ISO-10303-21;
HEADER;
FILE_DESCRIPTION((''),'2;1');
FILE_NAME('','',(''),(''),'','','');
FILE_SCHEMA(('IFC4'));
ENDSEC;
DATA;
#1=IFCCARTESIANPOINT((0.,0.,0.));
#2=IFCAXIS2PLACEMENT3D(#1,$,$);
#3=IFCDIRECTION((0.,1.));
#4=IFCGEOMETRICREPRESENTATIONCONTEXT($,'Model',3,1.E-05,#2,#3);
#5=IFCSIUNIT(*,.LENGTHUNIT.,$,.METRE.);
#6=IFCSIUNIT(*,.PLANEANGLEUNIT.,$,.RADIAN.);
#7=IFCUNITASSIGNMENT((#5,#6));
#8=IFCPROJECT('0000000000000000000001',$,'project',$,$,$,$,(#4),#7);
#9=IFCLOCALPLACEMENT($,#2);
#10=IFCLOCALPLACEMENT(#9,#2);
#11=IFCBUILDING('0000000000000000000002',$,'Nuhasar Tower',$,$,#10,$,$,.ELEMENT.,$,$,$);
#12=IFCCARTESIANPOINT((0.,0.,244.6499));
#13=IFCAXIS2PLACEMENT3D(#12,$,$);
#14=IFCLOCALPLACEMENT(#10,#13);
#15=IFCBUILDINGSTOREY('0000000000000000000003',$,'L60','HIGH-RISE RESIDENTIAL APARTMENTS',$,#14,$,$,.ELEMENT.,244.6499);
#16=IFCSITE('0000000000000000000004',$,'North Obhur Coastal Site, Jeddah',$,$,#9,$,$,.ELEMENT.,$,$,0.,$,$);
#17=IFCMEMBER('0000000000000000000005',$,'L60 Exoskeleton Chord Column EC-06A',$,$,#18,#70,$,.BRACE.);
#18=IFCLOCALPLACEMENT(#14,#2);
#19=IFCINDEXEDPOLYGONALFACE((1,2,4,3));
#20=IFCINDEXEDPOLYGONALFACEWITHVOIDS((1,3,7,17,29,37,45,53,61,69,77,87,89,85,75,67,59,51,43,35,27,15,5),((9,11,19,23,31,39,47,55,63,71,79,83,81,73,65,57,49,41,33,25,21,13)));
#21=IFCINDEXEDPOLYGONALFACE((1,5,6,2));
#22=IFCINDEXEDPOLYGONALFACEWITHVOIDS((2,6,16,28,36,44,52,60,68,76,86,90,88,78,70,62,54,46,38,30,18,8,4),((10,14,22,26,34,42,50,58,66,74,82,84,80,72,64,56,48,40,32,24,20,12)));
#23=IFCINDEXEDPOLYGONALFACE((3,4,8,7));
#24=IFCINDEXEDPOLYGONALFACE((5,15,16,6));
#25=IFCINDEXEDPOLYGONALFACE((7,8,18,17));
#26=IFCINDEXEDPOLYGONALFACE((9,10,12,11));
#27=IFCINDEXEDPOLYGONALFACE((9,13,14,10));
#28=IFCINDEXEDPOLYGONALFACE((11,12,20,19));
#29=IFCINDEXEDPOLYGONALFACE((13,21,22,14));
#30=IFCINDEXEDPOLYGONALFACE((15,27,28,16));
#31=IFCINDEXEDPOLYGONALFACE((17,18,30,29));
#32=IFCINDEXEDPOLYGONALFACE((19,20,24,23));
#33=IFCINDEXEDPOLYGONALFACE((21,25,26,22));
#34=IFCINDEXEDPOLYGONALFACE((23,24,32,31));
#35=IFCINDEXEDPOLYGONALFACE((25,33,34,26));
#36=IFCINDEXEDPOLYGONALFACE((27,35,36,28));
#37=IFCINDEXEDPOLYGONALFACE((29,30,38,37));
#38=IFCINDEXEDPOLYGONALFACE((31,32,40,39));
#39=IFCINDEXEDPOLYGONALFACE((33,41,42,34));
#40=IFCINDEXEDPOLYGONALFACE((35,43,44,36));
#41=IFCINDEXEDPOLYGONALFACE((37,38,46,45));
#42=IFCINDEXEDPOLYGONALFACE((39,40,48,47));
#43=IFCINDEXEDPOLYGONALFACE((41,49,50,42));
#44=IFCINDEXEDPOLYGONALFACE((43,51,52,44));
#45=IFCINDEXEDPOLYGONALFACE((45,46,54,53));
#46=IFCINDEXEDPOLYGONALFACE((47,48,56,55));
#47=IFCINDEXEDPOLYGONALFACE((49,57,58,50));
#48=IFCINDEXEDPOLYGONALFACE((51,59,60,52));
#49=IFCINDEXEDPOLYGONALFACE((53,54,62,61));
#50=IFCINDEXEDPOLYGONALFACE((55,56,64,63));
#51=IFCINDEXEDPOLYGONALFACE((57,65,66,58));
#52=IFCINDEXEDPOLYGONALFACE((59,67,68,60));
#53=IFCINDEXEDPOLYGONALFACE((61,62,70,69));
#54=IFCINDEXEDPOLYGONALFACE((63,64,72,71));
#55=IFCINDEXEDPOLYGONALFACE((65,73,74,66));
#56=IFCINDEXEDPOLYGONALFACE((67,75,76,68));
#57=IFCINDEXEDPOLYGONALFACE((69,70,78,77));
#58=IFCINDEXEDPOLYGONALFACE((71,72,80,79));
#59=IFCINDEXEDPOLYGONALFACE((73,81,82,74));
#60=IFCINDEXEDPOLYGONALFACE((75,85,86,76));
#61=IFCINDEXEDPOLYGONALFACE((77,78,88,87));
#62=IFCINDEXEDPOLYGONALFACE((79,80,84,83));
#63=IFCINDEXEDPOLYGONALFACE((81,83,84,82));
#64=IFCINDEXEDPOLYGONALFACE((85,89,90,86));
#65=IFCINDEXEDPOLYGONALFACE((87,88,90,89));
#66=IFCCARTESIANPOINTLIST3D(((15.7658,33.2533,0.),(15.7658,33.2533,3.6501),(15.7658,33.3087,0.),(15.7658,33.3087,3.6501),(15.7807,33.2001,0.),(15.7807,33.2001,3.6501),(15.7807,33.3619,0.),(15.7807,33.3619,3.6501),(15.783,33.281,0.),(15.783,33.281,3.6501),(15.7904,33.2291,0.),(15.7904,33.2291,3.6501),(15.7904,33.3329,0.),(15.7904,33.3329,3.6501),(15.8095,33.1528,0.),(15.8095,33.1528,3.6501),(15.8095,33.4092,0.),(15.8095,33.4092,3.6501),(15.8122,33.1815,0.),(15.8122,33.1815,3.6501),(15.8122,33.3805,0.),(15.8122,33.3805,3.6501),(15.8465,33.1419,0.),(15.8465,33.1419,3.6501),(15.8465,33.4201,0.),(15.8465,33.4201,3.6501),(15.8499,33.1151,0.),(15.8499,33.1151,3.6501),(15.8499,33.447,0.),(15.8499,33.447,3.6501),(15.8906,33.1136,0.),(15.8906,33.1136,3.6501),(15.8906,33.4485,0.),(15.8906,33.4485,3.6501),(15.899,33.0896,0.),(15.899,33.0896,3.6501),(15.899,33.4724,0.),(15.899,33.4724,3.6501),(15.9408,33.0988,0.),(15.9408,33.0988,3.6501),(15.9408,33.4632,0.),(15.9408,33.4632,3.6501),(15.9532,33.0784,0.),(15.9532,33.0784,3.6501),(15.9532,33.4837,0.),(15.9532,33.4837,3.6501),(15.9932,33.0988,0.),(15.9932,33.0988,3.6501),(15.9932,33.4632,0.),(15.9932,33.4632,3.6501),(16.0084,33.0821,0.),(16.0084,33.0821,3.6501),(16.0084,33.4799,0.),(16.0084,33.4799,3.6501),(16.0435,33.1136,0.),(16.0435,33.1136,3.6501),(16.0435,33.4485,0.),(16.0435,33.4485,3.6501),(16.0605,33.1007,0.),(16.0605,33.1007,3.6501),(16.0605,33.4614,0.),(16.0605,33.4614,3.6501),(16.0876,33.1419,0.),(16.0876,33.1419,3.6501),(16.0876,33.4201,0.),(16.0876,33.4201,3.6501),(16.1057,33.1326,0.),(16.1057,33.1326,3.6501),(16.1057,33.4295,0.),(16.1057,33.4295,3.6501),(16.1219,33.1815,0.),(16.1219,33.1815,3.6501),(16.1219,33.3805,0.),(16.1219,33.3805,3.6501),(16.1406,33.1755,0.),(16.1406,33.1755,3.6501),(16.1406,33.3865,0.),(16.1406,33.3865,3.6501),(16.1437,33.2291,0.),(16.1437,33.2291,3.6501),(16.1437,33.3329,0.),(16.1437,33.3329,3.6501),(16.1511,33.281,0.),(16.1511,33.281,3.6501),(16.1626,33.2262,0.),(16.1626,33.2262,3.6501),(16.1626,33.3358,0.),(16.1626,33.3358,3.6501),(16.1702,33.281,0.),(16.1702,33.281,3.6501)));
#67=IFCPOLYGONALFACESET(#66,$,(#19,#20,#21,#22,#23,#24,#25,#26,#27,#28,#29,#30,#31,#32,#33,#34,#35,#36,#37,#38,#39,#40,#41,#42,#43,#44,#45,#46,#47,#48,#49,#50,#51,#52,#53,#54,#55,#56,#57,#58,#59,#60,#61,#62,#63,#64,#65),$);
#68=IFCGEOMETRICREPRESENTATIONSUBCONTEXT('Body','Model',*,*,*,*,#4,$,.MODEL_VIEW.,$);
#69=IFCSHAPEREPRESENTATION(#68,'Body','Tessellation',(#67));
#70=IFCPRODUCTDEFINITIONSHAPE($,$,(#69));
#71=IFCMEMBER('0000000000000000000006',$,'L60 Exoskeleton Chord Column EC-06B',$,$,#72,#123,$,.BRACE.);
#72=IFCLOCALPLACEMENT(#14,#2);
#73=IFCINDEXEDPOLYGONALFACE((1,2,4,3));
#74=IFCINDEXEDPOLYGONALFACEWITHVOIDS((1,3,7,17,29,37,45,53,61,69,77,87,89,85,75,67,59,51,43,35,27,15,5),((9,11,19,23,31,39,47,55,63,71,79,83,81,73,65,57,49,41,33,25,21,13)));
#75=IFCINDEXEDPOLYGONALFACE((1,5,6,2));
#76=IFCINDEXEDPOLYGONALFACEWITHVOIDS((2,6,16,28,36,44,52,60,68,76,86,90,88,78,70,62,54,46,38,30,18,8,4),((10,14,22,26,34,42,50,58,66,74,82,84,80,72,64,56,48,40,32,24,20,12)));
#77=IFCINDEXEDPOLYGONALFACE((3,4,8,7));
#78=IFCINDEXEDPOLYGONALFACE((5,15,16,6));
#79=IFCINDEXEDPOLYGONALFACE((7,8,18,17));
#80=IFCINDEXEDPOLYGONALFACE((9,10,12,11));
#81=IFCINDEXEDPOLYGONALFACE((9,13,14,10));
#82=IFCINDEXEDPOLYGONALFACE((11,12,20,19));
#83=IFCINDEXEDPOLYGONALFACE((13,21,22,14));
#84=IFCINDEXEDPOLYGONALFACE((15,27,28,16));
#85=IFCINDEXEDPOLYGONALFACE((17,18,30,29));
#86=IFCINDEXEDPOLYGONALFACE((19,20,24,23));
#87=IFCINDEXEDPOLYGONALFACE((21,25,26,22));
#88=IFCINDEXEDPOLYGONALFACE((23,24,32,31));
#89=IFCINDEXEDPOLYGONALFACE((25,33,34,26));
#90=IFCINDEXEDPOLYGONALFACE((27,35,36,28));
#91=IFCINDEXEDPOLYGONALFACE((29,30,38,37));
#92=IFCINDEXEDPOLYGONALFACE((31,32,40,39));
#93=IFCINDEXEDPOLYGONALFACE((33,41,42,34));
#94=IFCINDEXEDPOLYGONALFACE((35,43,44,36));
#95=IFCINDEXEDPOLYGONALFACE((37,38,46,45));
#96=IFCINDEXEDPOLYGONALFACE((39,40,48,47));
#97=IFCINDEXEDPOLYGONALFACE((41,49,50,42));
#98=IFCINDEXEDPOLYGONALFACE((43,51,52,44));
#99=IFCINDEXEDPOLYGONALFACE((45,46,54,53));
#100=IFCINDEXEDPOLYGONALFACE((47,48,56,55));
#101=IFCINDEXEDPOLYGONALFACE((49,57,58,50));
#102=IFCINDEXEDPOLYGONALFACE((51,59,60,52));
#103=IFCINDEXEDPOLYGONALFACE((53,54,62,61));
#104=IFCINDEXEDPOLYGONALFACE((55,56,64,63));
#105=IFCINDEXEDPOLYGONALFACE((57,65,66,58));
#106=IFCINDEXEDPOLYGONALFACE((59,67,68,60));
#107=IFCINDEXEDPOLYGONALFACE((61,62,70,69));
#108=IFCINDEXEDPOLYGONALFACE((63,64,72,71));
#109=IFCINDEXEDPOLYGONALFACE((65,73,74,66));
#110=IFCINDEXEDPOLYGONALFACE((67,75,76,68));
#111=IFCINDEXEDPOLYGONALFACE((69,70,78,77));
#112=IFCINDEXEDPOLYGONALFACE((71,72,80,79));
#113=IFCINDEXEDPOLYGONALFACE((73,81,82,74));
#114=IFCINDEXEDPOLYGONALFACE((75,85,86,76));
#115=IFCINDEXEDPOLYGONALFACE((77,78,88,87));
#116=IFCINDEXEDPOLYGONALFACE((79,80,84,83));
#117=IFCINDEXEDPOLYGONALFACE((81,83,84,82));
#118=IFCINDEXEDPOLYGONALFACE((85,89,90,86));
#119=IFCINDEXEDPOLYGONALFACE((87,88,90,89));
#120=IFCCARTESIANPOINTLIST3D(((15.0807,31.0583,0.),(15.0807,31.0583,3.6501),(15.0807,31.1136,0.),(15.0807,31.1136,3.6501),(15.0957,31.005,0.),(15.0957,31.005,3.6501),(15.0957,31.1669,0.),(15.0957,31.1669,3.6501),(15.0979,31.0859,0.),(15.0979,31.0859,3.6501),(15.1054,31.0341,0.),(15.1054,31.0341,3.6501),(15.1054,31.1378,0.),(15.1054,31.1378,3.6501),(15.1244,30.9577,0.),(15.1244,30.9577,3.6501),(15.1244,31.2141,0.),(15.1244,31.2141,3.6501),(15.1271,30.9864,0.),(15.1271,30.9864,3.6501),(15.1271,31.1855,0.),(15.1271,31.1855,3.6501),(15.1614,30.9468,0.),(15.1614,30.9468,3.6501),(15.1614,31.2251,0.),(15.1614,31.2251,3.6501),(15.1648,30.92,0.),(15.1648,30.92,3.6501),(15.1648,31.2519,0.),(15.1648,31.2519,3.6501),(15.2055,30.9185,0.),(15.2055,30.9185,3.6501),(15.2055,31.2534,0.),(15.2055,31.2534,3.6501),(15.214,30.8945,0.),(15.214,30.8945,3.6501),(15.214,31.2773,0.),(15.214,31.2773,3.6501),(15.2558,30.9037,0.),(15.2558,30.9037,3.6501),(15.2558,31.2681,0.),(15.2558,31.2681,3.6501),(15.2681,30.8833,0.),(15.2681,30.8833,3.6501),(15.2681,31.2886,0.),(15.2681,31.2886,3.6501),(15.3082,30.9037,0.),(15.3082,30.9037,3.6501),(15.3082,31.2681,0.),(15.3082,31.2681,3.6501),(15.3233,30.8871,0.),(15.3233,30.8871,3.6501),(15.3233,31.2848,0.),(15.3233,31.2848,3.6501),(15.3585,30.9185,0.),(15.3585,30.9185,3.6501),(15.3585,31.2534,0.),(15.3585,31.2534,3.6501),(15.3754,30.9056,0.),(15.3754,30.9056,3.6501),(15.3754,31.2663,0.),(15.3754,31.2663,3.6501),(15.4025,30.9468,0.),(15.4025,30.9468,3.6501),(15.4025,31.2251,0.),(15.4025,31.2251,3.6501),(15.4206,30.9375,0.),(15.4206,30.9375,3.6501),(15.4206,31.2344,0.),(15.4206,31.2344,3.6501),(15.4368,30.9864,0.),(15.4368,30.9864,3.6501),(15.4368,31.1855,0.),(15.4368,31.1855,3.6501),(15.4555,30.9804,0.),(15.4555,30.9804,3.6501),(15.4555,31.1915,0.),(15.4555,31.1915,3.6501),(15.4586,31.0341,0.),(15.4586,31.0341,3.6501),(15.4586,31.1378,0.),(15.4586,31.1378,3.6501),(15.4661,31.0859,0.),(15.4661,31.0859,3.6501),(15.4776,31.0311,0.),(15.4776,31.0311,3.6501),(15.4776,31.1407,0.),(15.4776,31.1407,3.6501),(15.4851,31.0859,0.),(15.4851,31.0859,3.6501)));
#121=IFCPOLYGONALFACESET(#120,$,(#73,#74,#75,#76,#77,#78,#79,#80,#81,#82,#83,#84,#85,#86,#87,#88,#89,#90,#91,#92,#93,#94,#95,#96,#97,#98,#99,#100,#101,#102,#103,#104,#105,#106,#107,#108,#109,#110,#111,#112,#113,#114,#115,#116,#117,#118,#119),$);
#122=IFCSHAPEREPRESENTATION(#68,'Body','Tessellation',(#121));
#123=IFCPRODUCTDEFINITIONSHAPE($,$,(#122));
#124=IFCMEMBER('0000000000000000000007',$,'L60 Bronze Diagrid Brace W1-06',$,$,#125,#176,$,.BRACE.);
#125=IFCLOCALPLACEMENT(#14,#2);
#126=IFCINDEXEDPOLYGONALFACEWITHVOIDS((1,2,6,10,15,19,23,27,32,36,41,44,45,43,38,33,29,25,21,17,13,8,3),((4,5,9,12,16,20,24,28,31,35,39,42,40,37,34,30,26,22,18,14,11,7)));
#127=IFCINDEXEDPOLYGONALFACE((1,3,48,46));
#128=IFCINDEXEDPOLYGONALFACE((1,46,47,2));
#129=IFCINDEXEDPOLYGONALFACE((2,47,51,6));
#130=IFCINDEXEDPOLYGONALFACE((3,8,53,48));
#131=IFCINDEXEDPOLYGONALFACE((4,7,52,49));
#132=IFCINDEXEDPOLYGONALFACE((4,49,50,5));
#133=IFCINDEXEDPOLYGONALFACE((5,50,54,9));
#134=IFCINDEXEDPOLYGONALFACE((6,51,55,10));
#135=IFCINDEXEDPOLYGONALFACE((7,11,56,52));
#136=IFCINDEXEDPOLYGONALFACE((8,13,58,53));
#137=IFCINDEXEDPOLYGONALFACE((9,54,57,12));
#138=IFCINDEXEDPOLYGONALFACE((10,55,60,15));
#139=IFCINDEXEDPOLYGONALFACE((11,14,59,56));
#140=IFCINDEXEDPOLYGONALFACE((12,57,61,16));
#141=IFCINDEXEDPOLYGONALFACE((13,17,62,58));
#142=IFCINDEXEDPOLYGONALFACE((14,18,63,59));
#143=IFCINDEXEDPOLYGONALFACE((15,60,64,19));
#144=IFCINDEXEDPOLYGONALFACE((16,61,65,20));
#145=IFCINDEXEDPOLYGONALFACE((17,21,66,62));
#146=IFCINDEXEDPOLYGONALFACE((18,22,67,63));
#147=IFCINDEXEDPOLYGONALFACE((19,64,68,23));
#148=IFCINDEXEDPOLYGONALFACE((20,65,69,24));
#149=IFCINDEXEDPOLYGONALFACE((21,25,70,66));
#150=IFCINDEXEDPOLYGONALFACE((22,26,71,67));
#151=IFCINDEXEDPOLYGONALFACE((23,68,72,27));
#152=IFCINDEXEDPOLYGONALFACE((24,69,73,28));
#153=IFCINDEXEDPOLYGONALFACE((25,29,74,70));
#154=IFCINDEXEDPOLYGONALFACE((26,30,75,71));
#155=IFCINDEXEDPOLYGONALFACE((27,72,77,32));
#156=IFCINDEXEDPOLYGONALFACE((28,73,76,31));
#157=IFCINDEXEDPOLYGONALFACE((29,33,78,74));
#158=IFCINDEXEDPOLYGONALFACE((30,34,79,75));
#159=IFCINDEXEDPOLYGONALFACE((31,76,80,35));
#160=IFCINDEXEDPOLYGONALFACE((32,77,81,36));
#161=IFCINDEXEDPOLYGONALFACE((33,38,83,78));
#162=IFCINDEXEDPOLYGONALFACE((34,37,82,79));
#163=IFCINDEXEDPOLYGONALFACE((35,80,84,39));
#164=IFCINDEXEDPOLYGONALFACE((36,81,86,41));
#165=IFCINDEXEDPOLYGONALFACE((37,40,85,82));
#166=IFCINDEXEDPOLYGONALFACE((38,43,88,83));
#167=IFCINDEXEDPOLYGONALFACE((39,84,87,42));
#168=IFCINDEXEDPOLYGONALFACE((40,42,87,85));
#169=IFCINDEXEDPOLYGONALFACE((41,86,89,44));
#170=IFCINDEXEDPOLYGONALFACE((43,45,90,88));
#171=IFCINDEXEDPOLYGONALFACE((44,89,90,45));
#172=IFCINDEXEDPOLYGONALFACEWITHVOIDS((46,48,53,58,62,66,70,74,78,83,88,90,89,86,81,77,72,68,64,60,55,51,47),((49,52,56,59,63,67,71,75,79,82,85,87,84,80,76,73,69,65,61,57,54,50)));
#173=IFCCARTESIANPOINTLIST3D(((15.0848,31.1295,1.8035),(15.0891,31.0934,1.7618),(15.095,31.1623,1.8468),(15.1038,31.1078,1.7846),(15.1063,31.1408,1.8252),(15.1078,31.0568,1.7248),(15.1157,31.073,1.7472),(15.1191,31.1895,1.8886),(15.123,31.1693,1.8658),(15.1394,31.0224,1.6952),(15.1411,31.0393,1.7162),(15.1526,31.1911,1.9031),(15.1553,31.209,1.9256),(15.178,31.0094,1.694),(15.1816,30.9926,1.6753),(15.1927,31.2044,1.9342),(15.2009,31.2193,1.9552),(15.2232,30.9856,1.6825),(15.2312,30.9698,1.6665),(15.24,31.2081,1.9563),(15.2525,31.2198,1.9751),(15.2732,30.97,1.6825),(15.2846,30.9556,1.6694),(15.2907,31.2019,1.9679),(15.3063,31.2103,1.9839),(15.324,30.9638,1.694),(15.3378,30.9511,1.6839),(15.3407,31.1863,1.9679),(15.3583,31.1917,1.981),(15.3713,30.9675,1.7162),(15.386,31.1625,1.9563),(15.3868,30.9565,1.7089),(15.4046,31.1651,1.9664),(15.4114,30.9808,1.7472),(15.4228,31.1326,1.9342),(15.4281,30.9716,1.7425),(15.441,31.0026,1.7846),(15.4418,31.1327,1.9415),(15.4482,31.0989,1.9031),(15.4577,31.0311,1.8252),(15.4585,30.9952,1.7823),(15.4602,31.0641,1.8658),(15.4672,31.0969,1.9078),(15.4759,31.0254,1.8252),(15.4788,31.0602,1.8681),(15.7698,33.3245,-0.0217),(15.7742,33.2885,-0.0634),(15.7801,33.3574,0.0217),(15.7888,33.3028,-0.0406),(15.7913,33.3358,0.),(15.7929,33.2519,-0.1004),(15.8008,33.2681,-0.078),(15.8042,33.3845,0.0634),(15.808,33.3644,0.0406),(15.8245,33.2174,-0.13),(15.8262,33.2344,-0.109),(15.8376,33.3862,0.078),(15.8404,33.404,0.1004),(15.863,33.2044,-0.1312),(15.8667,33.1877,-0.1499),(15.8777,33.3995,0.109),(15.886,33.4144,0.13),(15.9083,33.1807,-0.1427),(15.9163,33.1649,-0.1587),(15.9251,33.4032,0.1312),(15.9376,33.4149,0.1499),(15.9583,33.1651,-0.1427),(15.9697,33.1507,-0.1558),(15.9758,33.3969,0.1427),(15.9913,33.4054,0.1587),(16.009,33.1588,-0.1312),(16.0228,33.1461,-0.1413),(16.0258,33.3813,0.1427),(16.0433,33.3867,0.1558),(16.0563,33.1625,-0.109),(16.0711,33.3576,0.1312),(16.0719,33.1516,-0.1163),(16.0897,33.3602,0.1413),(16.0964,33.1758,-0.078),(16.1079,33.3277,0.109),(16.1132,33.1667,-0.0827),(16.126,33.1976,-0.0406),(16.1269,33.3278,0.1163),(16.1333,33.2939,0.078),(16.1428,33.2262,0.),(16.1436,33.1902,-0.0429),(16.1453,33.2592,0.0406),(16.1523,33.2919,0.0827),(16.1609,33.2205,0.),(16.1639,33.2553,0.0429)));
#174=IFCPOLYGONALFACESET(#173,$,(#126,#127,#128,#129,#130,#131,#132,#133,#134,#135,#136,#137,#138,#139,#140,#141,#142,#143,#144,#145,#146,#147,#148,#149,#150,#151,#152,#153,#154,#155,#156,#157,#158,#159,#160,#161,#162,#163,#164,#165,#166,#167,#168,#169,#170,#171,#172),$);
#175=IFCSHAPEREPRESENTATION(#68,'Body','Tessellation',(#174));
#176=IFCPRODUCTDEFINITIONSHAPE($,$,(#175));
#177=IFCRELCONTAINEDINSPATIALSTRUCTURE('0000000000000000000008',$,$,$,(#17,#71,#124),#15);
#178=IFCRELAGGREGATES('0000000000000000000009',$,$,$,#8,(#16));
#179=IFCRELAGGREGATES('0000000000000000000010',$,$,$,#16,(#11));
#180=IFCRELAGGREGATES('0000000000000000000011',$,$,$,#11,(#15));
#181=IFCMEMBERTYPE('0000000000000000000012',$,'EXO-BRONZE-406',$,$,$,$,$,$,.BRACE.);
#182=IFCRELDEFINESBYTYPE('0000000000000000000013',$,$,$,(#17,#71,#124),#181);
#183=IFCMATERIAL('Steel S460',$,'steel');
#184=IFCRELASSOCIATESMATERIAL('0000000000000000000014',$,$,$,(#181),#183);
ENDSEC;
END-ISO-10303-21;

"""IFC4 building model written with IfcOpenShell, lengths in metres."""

from ifc_helpers import new_model, si_unit, direction, frame, origin, origin_2d, place, context, subcontext, project, spatial, hollow_circle, extrude, material, material_profile, profile_set, type_object, element, save


model = new_model("IFC4")

# Units and contexts
model_context = context("Model", 3, precision=1e-05, world=origin(), true_north=direction((0.0, 1.0)))
body_context = subcontext(model_context, "Body", "Model", "MODEL_VIEW")
ifc_project = project(units=[si_unit("LENGTHUNIT", "METRE"), si_unit("PLANEANGLEUNIT", "RADIAN")], contexts=[model_context])

# Site, building, storey
site_placement = place(None, origin())
site = spatial("IfcSite", under=ifc_project, at=site_placement, Name="North Obhur Coastal Site, Jeddah", CompositionType="ELEMENT", RefElevation=0.0)
building_placement = place(site_placement, origin())
building = spatial("IfcBuilding", under=site, at=building_placement, Name="Nuhasar Tower", CompositionType="ELEMENT")
storey_placement = place(building_placement, frame((0.0, 0.0, 244.6499)))
storey = spatial("IfcBuildingStorey", under=building, at=storey_placement, Name="L60", Description="HIGH-RISE RESIDENTIAL APARTMENTS", CompositionType="ELEMENT", Elevation=244.6499)

# Members
ifc_material_1 = material(Name="Steel S460", Category="steel")
ifc_material_profile_1 = material_profile(ifc_material_1, hollow_circle(Radius=0.2031, WallThickness=0.019, at=origin_2d()), Name="HSS406.4X19.1")
ifc_profile_set_1 = profile_set([ifc_material_profile_1], Name="Steel S460")
member_type_1 = type_object("IfcMemberType", Name="EXO-BRONZE-406", PredefinedType="BRACE", material=ifc_profile_set_1)
for number, where, z_axis, x_axis, name in (
    (1, (15.967, 33.281, 0.0), (0.0, 0.0, 1.0), (1.0, 0.0, 0.0), "L60 Exoskeleton Chord Column EC-06A"),
    (2, (15.282, 31.0859, 0.0), (0.0, 0.0, 1.0), (1.0, 0.0, 0.0), "L60 Exoskeleton Chord Column EC-06B"),
):
    element("IfcMember", number, at=place(storey_placement, frame(where, z_axis=z_axis, x_axis=x_axis)), inside=storey, type_object=member_type_1, Name=name, PredefinedType="BRACE", context=body_context, shape_type="SweptSolid", body=[
        extrude(hollow_circle(Radius=0.2031, WallThickness=0.019, at=origin_2d()), origin(), (0.0, 0.0, 1.0), 3.6501),
    ])
member_1_placement = place(storey_placement, frame((15.967, 33.281, 0.0), z_axis=(-0.233346, -0.747688, 0.621701), x_axis=(0.954591, -0.297918, 0.0)))
element("IfcMember", 3, at=member_1_placement, inside=storey, type_object=member_type_1, Name="L60 Bronze Diagrid Brace W1-06", PredefinedType="BRACE", context=body_context, shape_type="SweptSolid", body=[
    extrude(hollow_circle(Radius=0.2031, WallThickness=0.019, at=origin_2d()), origin(), (0.0, 0.0, 1.0), 2.9358),
])

save(model, "model.ifc")
